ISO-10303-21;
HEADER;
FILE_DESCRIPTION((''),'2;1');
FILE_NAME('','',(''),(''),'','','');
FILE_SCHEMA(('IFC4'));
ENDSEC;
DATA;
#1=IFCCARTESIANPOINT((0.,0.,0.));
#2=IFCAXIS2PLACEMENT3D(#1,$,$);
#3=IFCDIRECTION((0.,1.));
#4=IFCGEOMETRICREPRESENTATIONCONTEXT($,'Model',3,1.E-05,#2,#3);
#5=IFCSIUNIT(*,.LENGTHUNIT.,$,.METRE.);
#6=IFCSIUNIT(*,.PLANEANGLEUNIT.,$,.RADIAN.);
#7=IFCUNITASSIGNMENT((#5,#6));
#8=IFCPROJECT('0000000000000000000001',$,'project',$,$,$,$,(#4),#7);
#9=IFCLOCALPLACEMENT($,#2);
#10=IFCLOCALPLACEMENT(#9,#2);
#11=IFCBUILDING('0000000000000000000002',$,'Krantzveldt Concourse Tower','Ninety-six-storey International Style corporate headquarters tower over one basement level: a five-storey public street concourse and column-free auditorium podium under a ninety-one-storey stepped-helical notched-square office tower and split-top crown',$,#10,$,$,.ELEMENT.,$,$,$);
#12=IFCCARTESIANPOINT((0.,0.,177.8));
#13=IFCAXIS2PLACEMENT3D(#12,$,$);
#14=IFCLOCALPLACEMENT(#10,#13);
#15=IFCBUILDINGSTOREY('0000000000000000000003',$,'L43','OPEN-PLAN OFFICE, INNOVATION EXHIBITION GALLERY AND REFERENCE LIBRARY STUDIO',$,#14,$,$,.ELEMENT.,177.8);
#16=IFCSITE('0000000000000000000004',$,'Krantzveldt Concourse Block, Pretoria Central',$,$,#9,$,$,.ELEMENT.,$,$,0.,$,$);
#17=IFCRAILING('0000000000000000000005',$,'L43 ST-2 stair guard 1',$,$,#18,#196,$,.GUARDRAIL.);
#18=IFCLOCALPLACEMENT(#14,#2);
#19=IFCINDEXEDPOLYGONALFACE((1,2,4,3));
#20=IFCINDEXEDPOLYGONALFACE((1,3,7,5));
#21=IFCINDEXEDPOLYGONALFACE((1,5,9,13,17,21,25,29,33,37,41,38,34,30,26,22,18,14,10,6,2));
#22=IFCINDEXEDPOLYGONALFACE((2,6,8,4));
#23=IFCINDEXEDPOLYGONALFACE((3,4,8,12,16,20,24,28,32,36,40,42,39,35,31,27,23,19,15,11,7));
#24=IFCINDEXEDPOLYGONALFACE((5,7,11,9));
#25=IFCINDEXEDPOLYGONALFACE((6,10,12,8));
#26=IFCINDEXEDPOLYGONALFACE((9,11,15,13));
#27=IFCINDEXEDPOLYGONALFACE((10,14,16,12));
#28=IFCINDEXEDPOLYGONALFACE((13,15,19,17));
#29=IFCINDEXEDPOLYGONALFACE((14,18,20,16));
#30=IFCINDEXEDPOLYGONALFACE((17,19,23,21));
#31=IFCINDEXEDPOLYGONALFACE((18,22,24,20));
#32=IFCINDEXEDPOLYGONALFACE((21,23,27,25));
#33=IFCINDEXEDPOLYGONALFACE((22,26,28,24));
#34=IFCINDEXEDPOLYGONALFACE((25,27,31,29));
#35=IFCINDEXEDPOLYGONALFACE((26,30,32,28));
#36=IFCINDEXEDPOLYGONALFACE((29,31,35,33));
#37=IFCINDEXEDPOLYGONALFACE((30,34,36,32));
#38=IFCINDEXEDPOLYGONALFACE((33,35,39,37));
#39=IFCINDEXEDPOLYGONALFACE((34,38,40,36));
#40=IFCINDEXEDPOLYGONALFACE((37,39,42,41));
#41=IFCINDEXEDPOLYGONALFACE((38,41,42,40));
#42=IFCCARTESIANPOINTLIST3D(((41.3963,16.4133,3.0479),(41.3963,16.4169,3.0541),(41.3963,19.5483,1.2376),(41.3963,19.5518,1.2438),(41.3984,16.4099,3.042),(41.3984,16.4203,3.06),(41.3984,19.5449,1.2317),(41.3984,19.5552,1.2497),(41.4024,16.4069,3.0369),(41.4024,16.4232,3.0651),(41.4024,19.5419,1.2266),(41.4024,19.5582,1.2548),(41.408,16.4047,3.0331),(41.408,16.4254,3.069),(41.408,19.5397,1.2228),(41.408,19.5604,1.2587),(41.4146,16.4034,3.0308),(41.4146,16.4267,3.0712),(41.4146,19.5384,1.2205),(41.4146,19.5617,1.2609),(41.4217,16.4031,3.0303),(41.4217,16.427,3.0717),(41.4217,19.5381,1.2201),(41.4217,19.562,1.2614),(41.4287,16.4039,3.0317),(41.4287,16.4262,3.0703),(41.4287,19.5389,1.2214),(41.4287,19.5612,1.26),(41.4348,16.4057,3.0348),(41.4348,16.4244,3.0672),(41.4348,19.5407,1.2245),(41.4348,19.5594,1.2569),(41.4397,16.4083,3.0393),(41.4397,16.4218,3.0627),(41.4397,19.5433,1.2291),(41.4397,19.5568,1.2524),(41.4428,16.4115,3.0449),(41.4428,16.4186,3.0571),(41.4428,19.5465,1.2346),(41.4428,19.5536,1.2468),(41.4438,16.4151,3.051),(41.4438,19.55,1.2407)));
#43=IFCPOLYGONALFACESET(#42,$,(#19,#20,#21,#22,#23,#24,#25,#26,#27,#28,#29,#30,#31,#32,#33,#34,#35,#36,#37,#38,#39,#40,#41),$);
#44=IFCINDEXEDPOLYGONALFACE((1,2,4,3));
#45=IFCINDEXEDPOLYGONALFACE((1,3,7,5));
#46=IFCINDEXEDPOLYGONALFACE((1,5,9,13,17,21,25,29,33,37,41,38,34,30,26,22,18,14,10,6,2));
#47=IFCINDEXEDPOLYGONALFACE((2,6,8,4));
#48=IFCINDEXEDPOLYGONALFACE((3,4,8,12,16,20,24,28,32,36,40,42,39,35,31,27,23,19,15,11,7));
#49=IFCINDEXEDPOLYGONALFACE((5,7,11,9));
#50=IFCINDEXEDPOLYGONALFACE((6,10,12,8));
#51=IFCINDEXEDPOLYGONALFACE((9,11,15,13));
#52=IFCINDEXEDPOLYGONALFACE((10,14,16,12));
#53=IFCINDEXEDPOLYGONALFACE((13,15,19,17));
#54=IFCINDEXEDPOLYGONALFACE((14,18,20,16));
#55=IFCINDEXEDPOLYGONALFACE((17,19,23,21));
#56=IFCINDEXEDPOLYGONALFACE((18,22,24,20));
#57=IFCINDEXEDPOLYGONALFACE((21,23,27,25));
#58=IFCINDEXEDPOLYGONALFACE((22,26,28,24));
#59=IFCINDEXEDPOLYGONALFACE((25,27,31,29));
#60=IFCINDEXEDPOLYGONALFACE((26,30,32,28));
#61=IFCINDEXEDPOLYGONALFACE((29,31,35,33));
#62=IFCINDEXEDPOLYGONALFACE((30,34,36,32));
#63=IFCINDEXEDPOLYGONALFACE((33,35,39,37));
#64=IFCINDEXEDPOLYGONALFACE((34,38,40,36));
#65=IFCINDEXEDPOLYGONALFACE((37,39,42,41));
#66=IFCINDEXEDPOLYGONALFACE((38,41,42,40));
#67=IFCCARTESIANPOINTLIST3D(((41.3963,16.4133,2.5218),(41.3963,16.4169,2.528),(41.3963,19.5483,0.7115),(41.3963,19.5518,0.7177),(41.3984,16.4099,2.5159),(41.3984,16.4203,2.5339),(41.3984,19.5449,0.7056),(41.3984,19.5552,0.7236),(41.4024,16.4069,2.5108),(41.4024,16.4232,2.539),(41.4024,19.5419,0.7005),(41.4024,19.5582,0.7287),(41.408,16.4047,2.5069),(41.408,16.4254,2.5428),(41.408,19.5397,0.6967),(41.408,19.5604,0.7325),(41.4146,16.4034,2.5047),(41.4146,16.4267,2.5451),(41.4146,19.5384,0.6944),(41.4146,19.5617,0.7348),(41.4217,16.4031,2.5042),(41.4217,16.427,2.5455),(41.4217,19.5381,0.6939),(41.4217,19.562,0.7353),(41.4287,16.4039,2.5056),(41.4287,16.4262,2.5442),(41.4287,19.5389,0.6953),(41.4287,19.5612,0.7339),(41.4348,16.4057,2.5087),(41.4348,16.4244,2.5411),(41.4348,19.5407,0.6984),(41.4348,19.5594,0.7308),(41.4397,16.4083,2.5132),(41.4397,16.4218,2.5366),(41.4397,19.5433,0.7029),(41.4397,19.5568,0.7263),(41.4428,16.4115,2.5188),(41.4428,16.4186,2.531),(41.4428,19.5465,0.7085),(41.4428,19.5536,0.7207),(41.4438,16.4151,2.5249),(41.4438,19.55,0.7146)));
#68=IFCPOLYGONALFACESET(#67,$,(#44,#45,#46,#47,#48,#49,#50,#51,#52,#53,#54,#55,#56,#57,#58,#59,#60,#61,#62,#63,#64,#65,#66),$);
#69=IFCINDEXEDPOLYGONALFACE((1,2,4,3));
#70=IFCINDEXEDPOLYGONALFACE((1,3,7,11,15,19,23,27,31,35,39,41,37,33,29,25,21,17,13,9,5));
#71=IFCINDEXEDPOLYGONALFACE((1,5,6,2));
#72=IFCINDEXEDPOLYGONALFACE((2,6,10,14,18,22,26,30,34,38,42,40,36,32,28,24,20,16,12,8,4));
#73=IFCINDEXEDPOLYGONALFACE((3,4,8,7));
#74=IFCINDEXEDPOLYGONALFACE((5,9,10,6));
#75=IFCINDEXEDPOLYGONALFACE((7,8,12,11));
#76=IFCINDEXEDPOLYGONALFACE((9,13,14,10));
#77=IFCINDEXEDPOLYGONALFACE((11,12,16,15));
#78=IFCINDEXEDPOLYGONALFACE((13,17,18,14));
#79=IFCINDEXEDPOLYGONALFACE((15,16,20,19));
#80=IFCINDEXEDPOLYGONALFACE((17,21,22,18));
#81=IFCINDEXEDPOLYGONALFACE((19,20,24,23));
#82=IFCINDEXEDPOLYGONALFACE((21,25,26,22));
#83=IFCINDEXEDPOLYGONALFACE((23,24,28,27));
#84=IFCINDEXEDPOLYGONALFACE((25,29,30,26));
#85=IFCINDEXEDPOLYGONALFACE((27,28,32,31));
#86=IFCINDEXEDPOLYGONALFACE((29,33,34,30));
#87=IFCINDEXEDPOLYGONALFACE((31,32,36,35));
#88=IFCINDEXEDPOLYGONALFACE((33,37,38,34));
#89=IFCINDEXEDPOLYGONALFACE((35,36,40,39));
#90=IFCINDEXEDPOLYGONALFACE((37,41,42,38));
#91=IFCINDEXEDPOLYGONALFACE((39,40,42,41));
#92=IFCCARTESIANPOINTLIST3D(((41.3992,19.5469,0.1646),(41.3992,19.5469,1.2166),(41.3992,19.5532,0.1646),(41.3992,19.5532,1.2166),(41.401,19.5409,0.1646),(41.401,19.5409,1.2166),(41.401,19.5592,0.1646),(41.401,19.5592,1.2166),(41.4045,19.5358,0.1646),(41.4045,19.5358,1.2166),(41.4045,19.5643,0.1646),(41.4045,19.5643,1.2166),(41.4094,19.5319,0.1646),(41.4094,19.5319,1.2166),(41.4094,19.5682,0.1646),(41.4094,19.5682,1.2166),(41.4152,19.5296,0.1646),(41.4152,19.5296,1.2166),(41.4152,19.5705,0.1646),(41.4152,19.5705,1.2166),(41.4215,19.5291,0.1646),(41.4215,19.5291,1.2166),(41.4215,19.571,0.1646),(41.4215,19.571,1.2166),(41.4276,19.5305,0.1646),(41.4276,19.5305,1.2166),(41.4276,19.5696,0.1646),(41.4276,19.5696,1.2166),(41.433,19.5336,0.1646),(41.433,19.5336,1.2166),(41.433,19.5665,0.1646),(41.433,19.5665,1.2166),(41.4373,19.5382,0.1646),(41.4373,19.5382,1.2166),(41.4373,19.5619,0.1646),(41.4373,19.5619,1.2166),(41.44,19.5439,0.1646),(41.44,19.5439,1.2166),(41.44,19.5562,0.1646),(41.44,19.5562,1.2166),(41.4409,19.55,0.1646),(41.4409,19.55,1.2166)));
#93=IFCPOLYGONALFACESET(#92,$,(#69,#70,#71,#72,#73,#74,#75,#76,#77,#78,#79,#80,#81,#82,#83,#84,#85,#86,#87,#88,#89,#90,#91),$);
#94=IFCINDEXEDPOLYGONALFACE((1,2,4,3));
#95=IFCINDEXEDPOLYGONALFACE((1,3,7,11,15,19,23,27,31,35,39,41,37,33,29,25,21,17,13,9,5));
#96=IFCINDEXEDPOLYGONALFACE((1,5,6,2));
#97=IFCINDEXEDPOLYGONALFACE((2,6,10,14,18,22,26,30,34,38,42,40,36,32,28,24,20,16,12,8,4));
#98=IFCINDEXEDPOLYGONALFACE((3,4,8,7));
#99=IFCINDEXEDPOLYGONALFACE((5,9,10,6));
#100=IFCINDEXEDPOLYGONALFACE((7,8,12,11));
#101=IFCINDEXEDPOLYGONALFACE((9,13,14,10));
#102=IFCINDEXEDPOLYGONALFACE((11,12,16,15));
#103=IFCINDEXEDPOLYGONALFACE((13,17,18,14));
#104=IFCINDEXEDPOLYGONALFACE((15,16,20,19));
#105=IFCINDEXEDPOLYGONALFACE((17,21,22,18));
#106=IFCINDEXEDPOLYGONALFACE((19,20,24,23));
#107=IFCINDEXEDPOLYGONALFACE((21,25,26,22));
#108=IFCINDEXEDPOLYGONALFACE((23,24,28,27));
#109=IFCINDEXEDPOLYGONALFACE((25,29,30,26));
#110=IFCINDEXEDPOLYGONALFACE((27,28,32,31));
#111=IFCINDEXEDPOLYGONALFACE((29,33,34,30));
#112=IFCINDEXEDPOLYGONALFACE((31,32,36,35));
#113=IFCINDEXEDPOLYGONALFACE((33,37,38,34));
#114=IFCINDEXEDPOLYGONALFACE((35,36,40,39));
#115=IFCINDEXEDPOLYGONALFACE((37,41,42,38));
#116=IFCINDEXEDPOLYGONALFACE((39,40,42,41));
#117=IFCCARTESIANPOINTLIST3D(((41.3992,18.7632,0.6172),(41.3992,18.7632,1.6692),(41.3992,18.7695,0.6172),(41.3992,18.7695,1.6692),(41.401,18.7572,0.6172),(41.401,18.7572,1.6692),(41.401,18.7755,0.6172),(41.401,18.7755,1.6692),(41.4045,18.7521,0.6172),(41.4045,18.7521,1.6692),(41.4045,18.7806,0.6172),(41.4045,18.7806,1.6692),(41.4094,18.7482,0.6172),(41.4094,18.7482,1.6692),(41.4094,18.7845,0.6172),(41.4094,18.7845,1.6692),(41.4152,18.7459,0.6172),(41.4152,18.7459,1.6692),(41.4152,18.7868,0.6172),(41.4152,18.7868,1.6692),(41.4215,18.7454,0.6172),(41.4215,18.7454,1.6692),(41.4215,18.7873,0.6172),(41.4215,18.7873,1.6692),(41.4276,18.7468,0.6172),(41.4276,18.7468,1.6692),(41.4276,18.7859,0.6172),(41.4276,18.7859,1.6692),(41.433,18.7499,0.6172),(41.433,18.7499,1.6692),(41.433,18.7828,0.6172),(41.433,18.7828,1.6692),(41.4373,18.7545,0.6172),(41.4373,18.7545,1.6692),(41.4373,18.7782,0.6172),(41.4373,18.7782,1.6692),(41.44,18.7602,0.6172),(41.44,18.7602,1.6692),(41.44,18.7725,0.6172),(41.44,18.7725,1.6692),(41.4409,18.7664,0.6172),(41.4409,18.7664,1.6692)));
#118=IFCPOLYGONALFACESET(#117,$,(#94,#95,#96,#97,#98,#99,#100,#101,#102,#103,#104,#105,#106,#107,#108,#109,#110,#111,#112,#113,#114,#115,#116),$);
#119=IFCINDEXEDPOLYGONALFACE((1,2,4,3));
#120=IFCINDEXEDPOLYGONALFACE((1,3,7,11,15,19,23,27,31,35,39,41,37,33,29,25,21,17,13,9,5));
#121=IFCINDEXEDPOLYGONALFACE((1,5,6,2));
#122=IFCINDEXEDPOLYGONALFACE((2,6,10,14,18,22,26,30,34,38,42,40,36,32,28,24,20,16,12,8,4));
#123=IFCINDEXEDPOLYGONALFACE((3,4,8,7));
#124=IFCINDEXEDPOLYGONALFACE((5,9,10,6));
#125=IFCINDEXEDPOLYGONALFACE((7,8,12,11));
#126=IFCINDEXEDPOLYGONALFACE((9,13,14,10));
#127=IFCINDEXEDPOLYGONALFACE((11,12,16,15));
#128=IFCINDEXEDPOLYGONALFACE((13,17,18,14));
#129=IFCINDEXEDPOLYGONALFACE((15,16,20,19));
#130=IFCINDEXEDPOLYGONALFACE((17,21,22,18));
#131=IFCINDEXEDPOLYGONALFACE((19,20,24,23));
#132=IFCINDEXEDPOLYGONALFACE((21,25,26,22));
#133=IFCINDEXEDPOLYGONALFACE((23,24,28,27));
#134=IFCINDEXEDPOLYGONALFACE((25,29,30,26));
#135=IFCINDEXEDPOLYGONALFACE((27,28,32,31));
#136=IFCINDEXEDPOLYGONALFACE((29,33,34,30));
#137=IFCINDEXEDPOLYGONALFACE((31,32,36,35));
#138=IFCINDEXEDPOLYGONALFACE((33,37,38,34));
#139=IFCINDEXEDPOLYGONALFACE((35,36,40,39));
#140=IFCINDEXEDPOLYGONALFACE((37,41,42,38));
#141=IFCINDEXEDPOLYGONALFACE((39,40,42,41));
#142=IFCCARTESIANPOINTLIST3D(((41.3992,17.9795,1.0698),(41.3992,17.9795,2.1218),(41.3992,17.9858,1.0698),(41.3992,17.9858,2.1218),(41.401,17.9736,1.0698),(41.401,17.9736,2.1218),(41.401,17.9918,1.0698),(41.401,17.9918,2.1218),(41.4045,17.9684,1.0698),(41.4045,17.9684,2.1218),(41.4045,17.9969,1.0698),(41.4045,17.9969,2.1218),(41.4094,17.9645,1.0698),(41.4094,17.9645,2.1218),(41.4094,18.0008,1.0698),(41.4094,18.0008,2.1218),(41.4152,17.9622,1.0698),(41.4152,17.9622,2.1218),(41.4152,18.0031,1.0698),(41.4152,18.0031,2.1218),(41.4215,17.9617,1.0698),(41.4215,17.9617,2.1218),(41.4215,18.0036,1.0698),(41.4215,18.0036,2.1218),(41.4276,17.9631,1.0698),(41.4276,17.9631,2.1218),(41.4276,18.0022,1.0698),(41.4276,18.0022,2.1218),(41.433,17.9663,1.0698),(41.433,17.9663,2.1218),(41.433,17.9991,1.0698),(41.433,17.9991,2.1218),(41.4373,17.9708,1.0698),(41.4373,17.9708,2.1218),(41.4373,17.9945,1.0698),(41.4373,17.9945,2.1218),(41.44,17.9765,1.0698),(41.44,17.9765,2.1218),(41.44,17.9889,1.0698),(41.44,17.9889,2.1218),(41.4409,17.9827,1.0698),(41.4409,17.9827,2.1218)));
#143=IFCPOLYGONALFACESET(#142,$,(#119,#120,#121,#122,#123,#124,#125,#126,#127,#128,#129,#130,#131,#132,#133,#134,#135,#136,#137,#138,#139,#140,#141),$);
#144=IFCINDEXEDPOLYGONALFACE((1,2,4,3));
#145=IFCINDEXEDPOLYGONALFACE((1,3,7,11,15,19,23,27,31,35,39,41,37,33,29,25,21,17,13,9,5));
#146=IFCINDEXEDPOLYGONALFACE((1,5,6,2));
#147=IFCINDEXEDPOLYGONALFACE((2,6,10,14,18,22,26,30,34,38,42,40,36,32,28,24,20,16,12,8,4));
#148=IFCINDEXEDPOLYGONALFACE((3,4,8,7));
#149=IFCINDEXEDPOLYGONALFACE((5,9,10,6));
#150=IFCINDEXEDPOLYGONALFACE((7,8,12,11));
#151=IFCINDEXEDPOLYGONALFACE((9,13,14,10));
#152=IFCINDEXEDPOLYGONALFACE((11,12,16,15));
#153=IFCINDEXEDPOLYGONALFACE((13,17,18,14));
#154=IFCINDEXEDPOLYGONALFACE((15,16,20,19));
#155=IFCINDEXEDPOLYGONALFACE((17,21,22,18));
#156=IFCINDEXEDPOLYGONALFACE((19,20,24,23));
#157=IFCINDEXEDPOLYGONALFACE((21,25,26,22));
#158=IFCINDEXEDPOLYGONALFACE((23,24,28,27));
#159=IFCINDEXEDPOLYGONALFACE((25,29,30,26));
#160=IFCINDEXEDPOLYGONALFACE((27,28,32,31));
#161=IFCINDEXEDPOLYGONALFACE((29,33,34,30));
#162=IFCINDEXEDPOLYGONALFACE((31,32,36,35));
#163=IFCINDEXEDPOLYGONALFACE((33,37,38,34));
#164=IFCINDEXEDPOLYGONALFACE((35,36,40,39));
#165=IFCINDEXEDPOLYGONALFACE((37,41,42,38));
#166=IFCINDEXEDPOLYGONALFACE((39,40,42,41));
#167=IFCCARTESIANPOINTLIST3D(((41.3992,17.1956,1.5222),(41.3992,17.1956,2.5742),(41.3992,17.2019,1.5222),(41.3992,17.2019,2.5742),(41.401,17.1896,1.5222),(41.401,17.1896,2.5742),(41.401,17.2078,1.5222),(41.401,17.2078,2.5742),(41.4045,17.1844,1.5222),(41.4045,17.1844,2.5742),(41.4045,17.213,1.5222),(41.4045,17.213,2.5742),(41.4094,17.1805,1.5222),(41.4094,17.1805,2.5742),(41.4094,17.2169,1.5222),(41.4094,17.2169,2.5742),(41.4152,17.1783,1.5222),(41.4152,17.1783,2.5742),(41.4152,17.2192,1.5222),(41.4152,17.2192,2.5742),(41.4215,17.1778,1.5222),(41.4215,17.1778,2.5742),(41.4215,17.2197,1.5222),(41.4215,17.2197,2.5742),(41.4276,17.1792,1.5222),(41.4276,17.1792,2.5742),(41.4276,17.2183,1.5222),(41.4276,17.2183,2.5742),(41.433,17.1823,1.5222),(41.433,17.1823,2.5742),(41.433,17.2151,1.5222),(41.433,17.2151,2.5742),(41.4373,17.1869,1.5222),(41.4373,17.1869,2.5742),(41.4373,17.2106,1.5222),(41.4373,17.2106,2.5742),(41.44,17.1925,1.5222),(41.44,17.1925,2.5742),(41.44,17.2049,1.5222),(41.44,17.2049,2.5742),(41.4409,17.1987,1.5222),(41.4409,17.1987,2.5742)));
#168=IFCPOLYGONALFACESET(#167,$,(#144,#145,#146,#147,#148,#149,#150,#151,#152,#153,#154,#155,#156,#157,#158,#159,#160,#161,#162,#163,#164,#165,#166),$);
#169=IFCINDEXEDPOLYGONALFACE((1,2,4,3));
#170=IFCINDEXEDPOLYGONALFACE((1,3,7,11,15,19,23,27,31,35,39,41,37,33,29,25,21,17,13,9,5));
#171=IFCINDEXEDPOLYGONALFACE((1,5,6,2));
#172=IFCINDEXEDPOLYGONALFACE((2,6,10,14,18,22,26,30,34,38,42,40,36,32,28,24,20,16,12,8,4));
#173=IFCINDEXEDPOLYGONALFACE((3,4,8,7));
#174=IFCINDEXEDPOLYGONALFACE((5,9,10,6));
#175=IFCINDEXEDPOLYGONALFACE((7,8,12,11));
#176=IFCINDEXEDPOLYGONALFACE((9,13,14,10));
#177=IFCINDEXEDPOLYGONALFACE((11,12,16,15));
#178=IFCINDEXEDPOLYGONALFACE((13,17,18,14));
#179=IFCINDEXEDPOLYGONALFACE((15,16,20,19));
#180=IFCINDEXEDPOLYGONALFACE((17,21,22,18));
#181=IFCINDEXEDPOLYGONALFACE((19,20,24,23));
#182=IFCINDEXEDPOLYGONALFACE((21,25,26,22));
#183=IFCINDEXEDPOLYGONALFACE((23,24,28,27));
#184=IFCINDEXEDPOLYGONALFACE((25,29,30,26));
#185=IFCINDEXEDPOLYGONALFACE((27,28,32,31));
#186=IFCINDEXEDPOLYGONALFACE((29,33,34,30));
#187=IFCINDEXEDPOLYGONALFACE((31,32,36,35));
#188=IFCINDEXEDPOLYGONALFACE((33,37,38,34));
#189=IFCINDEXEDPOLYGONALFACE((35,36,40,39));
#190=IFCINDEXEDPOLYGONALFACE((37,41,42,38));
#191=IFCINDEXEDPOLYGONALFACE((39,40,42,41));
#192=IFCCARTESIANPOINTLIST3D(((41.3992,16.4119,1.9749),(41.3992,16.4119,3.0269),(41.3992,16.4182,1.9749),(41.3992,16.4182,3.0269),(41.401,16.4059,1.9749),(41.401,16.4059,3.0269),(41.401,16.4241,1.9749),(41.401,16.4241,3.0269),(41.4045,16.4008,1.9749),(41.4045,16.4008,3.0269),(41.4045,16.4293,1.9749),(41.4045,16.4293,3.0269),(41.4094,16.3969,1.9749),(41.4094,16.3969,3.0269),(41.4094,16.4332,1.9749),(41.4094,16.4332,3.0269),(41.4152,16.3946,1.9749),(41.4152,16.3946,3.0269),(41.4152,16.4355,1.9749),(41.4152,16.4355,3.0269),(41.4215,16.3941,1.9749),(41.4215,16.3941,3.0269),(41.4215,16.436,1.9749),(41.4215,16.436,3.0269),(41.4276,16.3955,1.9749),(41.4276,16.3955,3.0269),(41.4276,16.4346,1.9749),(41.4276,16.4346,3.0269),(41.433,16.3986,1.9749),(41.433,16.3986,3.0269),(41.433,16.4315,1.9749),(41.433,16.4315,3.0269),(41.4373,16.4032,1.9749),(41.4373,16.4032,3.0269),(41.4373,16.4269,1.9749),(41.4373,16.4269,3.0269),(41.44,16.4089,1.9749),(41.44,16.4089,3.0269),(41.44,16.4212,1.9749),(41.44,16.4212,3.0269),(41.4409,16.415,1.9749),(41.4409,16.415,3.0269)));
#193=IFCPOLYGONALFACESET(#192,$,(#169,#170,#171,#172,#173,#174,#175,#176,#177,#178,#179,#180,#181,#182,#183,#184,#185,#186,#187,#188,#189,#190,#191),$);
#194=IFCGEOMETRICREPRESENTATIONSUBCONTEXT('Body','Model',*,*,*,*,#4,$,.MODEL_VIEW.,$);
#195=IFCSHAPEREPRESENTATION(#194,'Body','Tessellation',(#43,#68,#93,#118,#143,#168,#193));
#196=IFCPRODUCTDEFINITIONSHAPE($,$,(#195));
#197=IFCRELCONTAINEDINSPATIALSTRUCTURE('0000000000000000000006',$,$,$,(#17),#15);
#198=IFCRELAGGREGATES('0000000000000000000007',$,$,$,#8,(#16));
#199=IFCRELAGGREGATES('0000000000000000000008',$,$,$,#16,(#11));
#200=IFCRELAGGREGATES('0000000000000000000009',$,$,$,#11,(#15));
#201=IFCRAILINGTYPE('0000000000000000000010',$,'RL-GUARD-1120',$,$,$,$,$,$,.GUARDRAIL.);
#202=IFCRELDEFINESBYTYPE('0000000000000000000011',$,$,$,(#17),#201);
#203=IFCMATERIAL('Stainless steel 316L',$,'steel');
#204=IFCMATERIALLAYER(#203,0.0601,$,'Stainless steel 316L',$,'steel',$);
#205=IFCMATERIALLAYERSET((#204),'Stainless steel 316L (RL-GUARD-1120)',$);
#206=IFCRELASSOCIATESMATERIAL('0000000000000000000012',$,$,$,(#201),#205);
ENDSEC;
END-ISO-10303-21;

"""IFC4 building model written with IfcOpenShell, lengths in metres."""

from ifc_helpers import new_model, si_unit, direction, frame, origin, origin_2d, place, context, subcontext, project, spatial, circle, extrude, material, layer, layer_set, type_object, element, save


model = new_model("IFC4")

# Units and contexts
model_context = context("Model", 3, precision=1e-05, world=origin(), true_north=direction((0.0, 1.0)))
body_context = subcontext(model_context, "Body", "Model", "MODEL_VIEW")
ifc_project = project(units=[si_unit("LENGTHUNIT", "METRE"), si_unit("PLANEANGLEUNIT", "RADIAN")], contexts=[model_context])

# Site, building, storey
site_placement = place(None, origin())
site = spatial("IfcSite", under=ifc_project, at=site_placement, Name="Krantzveldt Concourse Block, Pretoria Central", CompositionType="ELEMENT", RefElevation=0.0)
building_placement = place(site_placement, origin())
building = spatial("IfcBuilding", under=site, at=building_placement, Name="Krantzveldt Concourse Tower", Description="Ninety-six-storey International Style corporate headquarters tower over one basement level: a five-storey public street concourse and column-free auditorium podium under a ninety-one-storey stepped-helical notched-square office tower and split-top crown", CompositionType="ELEMENT")
storey_placement = place(building_placement, frame((0.0, 0.0, 177.8)))
storey = spatial("IfcBuildingStorey", under=building, at=storey_placement, Name="L43", Description="OPEN-PLAN OFFICE, INNOVATION EXHIBITION GALLERY AND REFERENCE LIBRARY STUDIO", CompositionType="ELEMENT", Elevation=177.8)

# Shared definitions
ifc_material_1 = material(Name="Stainless steel 316L", Category="steel")

# Railing
ifc_layer_1 = layer(ifc_material_1, 0.0601, Name="Stainless steel 316L", Category="steel")
ifc_layer_set_1 = layer_set([ifc_layer_1], Name="Stainless steel 316L (RL-GUARD-1120)")
railing_type_1 = type_object("IfcRailingType", Name="RL-GUARD-1120", PredefinedType="GUARDRAIL", material=ifc_layer_set_1)
railing_1_placement = place(storey_placement, frame((41.4199, 19.55, 0.1646)))
element("IfcRailing", 1, at=railing_1_placement, inside=storey, type_object=railing_type_1, Name="L43 ST-2 stair guard 1", PredefinedType="GUARDRAIL", context=body_context, shape_type="SweptSolid", body=[
    extrude(circle(Radius=0.0239, at=origin_2d()), frame((0.0, 0.0, 1.0762), z_axis=(0.0, -0.865989, 0.500063), x_axis=(1.0, 0.0, 0.0)), (0.0, 0.0, 1.0), 3.6201),
    extrude(circle(Radius=0.0239, at=origin_2d()), frame((0.0, 0.0, 0.55), z_axis=(0.0, -0.865989, 0.500063), x_axis=(1.0, 0.0, 0.0)), (0.0, 0.0, 1.0), 3.6201),
    extrude(circle(Radius=0.021, at=origin_2d()), origin(), (0.0, 0.0, 1.0), 1.052),
    extrude(circle(Radius=0.021, at=origin_2d()), frame((0.0, -0.7837, 0.4526)), (0.0, 0.0, 1.0), 1.052),
    extrude(circle(Radius=0.021, at=origin_2d()), frame((0.0, -1.5674, 0.9053)), (0.0, 0.0, 1.0), 1.052),
    extrude(circle(Radius=0.021, at=origin_2d()), frame((0.0, -2.3513, 1.3577)), (0.0, 0.0, 1.0), 1.052),
    extrude(circle(Radius=0.021, at=origin_2d()), frame((0.0, -3.135, 1.8103)), (0.0, 0.0, 1.0), 1.052),
])

save(model, "model.ifc")
